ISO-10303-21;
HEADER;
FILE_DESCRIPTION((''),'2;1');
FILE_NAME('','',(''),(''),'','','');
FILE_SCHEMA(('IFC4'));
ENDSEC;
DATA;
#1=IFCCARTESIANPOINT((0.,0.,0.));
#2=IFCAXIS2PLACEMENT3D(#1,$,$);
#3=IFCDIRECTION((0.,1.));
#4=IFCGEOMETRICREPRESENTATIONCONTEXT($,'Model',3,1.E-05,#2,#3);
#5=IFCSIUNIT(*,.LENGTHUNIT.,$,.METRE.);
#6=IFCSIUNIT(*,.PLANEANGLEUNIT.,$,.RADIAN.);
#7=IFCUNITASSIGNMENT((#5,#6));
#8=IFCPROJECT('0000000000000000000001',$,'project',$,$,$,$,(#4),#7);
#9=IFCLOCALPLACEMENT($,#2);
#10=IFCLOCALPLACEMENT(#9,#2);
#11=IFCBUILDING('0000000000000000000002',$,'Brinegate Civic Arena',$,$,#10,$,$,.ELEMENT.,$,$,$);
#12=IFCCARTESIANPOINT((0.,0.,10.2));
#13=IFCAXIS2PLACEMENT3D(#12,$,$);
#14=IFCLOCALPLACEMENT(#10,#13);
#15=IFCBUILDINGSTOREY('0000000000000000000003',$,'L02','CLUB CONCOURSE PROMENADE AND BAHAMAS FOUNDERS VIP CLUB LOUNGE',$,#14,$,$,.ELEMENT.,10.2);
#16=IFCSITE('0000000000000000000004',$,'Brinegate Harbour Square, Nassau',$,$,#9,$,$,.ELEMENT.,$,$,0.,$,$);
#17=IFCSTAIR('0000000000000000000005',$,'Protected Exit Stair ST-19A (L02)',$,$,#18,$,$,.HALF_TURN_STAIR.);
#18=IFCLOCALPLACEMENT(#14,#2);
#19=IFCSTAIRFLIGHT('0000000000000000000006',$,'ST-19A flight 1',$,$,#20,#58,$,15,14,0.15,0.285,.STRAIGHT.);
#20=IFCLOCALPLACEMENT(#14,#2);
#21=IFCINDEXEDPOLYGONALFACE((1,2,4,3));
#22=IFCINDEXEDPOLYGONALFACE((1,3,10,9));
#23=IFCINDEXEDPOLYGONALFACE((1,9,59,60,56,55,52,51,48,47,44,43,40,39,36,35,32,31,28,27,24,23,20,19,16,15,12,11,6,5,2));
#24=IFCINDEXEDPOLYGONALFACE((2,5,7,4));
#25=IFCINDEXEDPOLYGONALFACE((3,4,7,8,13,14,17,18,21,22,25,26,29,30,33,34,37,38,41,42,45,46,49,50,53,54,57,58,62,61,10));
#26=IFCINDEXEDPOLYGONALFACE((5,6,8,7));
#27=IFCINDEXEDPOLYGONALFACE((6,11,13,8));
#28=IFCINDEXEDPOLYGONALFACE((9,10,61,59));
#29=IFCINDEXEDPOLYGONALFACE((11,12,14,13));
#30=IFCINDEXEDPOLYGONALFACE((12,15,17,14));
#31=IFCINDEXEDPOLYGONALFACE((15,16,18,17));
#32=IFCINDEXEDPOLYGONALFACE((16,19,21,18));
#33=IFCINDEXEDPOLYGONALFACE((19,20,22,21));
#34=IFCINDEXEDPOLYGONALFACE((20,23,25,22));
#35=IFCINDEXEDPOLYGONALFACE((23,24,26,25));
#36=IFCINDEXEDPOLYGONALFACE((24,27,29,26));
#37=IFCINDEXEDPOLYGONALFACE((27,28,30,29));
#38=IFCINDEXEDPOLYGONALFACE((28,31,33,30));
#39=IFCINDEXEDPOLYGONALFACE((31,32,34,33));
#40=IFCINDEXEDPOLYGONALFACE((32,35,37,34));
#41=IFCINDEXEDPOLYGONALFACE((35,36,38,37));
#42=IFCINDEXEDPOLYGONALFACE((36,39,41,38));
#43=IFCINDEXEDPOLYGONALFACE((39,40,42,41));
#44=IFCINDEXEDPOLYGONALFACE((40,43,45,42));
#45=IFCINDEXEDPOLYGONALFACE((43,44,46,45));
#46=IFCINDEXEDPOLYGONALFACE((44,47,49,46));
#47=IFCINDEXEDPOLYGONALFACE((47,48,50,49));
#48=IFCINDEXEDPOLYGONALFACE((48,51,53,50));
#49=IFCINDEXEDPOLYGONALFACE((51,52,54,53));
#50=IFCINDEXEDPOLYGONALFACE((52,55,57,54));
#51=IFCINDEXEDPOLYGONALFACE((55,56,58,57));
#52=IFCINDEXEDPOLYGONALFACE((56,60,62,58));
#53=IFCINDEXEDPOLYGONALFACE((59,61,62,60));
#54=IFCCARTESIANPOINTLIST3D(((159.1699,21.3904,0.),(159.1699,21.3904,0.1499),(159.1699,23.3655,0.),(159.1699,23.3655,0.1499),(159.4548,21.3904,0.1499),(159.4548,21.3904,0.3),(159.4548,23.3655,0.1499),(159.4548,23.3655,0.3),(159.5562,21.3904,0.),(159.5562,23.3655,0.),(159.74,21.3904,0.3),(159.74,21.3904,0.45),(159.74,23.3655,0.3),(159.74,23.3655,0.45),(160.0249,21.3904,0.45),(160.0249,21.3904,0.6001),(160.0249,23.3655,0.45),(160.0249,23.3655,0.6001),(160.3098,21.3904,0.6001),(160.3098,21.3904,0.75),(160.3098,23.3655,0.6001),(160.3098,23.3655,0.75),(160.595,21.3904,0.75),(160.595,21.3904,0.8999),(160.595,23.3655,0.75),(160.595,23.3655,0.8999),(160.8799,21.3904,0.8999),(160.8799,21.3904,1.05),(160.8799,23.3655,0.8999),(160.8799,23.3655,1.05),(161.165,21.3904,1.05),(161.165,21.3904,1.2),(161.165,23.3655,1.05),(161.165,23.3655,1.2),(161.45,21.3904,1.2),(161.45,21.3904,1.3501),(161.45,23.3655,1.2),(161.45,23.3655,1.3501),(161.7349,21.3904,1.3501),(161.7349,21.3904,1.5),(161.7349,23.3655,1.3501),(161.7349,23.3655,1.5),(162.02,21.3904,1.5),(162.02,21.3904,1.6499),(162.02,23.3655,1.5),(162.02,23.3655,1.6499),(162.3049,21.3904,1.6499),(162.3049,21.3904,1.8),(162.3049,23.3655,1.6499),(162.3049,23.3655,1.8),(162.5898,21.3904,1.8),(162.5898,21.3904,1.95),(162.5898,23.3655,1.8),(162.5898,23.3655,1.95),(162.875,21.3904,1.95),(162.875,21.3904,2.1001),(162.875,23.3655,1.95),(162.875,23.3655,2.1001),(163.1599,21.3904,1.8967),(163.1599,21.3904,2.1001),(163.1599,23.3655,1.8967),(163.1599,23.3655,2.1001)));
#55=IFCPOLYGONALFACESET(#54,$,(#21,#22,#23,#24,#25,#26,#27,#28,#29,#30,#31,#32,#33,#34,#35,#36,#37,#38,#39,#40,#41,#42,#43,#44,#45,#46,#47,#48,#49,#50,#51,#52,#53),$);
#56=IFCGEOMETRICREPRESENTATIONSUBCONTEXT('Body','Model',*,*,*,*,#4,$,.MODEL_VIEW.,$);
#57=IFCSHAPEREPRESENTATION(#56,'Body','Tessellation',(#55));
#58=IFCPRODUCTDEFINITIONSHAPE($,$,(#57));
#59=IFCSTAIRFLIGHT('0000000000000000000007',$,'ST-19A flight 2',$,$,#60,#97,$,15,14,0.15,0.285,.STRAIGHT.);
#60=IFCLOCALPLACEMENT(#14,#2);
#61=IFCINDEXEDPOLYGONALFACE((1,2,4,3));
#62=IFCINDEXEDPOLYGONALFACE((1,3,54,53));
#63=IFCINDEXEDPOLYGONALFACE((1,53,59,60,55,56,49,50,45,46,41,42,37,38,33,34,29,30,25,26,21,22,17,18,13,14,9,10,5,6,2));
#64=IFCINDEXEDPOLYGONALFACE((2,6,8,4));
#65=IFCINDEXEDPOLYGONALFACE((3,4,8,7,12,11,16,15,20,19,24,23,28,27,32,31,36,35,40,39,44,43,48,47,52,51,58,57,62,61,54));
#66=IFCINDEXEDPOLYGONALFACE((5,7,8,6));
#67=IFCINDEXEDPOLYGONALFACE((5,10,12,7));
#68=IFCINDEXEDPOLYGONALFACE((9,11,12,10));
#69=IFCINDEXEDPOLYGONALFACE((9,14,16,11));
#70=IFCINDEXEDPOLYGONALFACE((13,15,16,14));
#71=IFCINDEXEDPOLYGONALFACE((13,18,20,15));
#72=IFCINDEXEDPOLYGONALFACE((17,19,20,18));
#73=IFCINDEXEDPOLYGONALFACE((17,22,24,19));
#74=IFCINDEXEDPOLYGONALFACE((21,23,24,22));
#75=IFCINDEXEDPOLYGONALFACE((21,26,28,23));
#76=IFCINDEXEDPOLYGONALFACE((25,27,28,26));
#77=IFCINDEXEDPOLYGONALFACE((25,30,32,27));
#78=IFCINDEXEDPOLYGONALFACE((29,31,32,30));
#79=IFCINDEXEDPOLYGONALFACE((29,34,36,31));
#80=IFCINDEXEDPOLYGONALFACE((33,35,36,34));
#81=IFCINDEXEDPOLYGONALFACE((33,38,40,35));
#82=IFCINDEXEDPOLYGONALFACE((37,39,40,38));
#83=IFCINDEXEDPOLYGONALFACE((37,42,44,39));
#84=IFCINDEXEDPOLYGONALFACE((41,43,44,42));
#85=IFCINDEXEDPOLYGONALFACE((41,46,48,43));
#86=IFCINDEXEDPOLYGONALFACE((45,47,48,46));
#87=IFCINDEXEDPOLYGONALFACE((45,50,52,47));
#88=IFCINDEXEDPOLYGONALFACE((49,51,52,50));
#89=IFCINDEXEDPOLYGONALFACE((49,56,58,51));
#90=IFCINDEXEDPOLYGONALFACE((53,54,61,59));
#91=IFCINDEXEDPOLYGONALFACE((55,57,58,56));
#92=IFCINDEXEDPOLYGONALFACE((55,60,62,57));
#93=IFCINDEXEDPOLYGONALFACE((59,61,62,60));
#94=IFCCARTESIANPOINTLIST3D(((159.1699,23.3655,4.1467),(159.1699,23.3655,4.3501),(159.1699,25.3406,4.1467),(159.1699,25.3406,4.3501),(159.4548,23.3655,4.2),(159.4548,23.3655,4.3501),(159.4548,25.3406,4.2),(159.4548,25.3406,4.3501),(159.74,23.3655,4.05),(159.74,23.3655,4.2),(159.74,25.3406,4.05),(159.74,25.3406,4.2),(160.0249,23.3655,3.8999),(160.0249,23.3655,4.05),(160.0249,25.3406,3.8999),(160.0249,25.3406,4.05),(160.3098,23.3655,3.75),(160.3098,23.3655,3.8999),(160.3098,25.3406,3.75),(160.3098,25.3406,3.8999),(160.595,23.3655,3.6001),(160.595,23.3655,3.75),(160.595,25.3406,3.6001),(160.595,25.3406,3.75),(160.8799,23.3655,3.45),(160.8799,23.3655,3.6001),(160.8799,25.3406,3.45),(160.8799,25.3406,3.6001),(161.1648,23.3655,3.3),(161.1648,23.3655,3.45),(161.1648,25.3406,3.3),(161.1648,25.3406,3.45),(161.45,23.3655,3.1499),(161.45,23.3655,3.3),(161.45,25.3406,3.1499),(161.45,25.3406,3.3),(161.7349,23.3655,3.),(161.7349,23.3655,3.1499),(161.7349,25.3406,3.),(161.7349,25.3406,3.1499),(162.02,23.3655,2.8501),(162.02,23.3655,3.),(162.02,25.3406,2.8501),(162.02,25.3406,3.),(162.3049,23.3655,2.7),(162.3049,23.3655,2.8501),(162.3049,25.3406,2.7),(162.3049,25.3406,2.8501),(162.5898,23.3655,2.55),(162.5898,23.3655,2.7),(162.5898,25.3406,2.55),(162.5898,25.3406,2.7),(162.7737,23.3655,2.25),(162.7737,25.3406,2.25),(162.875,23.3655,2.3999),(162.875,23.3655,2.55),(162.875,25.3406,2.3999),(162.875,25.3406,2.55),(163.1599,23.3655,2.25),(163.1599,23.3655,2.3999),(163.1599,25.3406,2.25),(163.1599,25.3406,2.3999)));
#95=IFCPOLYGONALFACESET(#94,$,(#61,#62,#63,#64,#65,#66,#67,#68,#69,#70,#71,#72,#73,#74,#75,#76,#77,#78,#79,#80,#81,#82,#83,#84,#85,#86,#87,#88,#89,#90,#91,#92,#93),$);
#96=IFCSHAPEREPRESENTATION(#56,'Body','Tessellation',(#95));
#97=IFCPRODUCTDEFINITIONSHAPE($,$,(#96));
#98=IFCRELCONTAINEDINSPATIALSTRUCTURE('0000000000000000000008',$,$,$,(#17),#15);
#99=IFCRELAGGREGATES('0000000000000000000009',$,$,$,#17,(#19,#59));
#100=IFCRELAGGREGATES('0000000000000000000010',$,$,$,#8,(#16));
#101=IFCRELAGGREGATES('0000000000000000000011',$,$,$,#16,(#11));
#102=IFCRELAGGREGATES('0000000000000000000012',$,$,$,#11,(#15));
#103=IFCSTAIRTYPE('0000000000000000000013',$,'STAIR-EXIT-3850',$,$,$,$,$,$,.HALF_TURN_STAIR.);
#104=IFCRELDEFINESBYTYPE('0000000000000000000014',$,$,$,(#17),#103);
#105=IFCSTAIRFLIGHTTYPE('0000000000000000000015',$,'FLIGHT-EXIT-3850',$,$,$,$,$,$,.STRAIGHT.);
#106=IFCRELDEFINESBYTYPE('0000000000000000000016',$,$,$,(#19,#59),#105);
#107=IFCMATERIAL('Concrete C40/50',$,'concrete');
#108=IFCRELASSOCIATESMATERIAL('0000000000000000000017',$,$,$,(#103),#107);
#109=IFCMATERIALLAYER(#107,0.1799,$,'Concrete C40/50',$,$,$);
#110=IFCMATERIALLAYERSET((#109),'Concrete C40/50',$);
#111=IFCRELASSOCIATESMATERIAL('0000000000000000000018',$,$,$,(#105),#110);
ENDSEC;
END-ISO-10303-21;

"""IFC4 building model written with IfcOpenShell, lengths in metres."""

from ifc_helpers import new_model, si_unit, direction, frame, origin, place, context, subcontext, project, spatial, polyline, outline, extrude, material, layer, layer_set, type_object, element, aggregate, save


model = new_model("IFC4")

# Units and contexts
model_context = context("Model", 3, precision=1e-05, world=origin(), true_north=direction((0.0, 1.0)))
body_context = subcontext(model_context, "Body", "Model", "MODEL_VIEW")
ifc_project = project(units=[si_unit("LENGTHUNIT", "METRE"), si_unit("PLANEANGLEUNIT", "RADIAN")], contexts=[model_context])

# Site, building, storey
site_placement = place(None, origin())
site = spatial("IfcSite", under=ifc_project, at=site_placement, Name="Brinegate Harbour Square, Nassau", CompositionType="ELEMENT", RefElevation=0.0)
building_placement = place(site_placement, origin())
building = spatial("IfcBuilding", under=site, at=building_placement, Name="Brinegate Civic Arena", CompositionType="ELEMENT")
storey_placement = place(building_placement, frame((0.0, 0.0, 10.2)))
storey = spatial("IfcBuildingStorey", under=building, at=storey_placement, Name="L02", Description="CLUB CONCOURSE PROMENADE AND BAHAMAS FOUNDERS VIP CLUB LOUNGE", CompositionType="ELEMENT", Elevation=10.2)

# Stair, stair flights
ifc_material_1 = material(Name="Concrete C40/50", Category="concrete")
stair_type_1 = type_object("IfcStairType", Name="STAIR-EXIT-3850", PredefinedType="HALF_TURN_STAIR", material=ifc_material_1)
stair_1_placement = place(storey_placement, origin())
stair_1 = element("IfcStair", 1, at=stair_1_placement, inside=storey, type_object=stair_type_1, Name="Protected Exit Stair ST-19A (L02)", PredefinedType="HALF_TURN_STAIR")
ifc_layer_1 = layer(ifc_material_1, 0.1799, Name="Concrete C40/50")
ifc_layer_set_1 = layer_set([ifc_layer_1], Name="Concrete C40/50")
stair_flight_type_1 = type_object("IfcStairFlightType", Name="FLIGHT-EXIT-3850", PredefinedType="STRAIGHT", material=ifc_layer_set_1)
stair_flight_1_placement = place(storey_placement, frame((159.1699, 22.3779, 0.0), z_axis=(0.0, 0.0, 1.0), x_axis=(1.0, 0.0, 0.0)))
stair_flight_1 = element("IfcStairFlight", 2, at=stair_flight_1_placement, type_object=stair_flight_type_1, Name="ST-19A flight 1", NumberOfRisers=15, NumberOfTreads=14, PredefinedType="STRAIGHT", RiserHeight=0.15, TreadLength=0.285, context=body_context, shape_type="SweptSolid", body=[
    extrude(outline(polyline([(0.0, 0.0), (0.0, 0.1499), (0.2849, 0.1499), (0.2849, 0.3), (0.5701, 0.3), (0.5701, 0.45), (0.855, 0.45), (0.855, 0.6001), (1.1399, 0.6001), (1.1399, 0.75), (1.425, 0.75), (1.425, 0.8999), (1.71, 0.8999), (1.71, 1.05), (1.9951, 1.05), (1.9951, 1.2), (2.28, 1.2), (2.28, 1.3501), (2.5649, 1.3501), (2.5649, 1.5), (2.8501, 1.5), (2.8501, 1.6499), (3.135, 1.6499), (3.135, 1.8), (3.4199, 1.8), (3.4199, 1.95), (3.7051, 1.95), (3.7051, 2.1001), (3.99, 2.1001), (3.99, 2.25), (3.99, 1.8967), (0.3862, 0.0), (0.0, 0.0)])), frame((0.0, 0.9875, 0.0), z_axis=(0.0, -1.0, 0.0), x_axis=(1.0, 0.0, 0.0)), (0.0, 0.0, 1.0), 1.9751),
])
stair_flight_2_placement = place(storey_placement, frame((163.1599, 24.353, 2.25), z_axis=(0.0, 0.0, 1.0), x_axis=(-1.0, 0.0, 0.0)))
stair_flight_2 = element("IfcStairFlight", 3, at=stair_flight_2_placement, type_object=stair_flight_type_1, Name="ST-19A flight 2", NumberOfRisers=15, NumberOfTreads=14, PredefinedType="STRAIGHT", RiserHeight=0.15, TreadLength=0.285, context=body_context, shape_type="SweptSolid", body=[
    extrude(outline(polyline([(0.0, 0.0), (0.0, 0.1499), (0.2849, 0.1499), (0.2849, 0.3), (0.5701, 0.3), (0.5701, 0.45), (0.855, 0.45), (0.855, 0.6001), (1.1399, 0.6001), (1.1399, 0.75), (1.425, 0.75), (1.425, 0.8999), (1.71, 0.8999), (1.71, 1.05), (1.9951, 1.05), (1.9951, 1.2), (2.28, 1.2), (2.28, 1.3501), (2.5649, 1.3501), (2.5649, 1.5), (2.8501, 1.5), (2.8501, 1.6499), (3.135, 1.6499), (3.135, 1.8), (3.4199, 1.8), (3.4199, 1.95), (3.7051, 1.95), (3.7051, 2.1001), (3.99, 2.1001), (3.99, 2.25), (3.99, 1.8967), (0.3862, 0.0), (0.0, 0.0)])), frame((0.0, 0.9875, 0.0), z_axis=(0.0, -1.0, 0.0), x_axis=(1.0, 0.0, 0.0)), (0.0, 0.0, 1.0), 1.9751),
])
aggregate(stair_1, [stair_flight_1, stair_flight_2])

save(model, "model.ifc")
